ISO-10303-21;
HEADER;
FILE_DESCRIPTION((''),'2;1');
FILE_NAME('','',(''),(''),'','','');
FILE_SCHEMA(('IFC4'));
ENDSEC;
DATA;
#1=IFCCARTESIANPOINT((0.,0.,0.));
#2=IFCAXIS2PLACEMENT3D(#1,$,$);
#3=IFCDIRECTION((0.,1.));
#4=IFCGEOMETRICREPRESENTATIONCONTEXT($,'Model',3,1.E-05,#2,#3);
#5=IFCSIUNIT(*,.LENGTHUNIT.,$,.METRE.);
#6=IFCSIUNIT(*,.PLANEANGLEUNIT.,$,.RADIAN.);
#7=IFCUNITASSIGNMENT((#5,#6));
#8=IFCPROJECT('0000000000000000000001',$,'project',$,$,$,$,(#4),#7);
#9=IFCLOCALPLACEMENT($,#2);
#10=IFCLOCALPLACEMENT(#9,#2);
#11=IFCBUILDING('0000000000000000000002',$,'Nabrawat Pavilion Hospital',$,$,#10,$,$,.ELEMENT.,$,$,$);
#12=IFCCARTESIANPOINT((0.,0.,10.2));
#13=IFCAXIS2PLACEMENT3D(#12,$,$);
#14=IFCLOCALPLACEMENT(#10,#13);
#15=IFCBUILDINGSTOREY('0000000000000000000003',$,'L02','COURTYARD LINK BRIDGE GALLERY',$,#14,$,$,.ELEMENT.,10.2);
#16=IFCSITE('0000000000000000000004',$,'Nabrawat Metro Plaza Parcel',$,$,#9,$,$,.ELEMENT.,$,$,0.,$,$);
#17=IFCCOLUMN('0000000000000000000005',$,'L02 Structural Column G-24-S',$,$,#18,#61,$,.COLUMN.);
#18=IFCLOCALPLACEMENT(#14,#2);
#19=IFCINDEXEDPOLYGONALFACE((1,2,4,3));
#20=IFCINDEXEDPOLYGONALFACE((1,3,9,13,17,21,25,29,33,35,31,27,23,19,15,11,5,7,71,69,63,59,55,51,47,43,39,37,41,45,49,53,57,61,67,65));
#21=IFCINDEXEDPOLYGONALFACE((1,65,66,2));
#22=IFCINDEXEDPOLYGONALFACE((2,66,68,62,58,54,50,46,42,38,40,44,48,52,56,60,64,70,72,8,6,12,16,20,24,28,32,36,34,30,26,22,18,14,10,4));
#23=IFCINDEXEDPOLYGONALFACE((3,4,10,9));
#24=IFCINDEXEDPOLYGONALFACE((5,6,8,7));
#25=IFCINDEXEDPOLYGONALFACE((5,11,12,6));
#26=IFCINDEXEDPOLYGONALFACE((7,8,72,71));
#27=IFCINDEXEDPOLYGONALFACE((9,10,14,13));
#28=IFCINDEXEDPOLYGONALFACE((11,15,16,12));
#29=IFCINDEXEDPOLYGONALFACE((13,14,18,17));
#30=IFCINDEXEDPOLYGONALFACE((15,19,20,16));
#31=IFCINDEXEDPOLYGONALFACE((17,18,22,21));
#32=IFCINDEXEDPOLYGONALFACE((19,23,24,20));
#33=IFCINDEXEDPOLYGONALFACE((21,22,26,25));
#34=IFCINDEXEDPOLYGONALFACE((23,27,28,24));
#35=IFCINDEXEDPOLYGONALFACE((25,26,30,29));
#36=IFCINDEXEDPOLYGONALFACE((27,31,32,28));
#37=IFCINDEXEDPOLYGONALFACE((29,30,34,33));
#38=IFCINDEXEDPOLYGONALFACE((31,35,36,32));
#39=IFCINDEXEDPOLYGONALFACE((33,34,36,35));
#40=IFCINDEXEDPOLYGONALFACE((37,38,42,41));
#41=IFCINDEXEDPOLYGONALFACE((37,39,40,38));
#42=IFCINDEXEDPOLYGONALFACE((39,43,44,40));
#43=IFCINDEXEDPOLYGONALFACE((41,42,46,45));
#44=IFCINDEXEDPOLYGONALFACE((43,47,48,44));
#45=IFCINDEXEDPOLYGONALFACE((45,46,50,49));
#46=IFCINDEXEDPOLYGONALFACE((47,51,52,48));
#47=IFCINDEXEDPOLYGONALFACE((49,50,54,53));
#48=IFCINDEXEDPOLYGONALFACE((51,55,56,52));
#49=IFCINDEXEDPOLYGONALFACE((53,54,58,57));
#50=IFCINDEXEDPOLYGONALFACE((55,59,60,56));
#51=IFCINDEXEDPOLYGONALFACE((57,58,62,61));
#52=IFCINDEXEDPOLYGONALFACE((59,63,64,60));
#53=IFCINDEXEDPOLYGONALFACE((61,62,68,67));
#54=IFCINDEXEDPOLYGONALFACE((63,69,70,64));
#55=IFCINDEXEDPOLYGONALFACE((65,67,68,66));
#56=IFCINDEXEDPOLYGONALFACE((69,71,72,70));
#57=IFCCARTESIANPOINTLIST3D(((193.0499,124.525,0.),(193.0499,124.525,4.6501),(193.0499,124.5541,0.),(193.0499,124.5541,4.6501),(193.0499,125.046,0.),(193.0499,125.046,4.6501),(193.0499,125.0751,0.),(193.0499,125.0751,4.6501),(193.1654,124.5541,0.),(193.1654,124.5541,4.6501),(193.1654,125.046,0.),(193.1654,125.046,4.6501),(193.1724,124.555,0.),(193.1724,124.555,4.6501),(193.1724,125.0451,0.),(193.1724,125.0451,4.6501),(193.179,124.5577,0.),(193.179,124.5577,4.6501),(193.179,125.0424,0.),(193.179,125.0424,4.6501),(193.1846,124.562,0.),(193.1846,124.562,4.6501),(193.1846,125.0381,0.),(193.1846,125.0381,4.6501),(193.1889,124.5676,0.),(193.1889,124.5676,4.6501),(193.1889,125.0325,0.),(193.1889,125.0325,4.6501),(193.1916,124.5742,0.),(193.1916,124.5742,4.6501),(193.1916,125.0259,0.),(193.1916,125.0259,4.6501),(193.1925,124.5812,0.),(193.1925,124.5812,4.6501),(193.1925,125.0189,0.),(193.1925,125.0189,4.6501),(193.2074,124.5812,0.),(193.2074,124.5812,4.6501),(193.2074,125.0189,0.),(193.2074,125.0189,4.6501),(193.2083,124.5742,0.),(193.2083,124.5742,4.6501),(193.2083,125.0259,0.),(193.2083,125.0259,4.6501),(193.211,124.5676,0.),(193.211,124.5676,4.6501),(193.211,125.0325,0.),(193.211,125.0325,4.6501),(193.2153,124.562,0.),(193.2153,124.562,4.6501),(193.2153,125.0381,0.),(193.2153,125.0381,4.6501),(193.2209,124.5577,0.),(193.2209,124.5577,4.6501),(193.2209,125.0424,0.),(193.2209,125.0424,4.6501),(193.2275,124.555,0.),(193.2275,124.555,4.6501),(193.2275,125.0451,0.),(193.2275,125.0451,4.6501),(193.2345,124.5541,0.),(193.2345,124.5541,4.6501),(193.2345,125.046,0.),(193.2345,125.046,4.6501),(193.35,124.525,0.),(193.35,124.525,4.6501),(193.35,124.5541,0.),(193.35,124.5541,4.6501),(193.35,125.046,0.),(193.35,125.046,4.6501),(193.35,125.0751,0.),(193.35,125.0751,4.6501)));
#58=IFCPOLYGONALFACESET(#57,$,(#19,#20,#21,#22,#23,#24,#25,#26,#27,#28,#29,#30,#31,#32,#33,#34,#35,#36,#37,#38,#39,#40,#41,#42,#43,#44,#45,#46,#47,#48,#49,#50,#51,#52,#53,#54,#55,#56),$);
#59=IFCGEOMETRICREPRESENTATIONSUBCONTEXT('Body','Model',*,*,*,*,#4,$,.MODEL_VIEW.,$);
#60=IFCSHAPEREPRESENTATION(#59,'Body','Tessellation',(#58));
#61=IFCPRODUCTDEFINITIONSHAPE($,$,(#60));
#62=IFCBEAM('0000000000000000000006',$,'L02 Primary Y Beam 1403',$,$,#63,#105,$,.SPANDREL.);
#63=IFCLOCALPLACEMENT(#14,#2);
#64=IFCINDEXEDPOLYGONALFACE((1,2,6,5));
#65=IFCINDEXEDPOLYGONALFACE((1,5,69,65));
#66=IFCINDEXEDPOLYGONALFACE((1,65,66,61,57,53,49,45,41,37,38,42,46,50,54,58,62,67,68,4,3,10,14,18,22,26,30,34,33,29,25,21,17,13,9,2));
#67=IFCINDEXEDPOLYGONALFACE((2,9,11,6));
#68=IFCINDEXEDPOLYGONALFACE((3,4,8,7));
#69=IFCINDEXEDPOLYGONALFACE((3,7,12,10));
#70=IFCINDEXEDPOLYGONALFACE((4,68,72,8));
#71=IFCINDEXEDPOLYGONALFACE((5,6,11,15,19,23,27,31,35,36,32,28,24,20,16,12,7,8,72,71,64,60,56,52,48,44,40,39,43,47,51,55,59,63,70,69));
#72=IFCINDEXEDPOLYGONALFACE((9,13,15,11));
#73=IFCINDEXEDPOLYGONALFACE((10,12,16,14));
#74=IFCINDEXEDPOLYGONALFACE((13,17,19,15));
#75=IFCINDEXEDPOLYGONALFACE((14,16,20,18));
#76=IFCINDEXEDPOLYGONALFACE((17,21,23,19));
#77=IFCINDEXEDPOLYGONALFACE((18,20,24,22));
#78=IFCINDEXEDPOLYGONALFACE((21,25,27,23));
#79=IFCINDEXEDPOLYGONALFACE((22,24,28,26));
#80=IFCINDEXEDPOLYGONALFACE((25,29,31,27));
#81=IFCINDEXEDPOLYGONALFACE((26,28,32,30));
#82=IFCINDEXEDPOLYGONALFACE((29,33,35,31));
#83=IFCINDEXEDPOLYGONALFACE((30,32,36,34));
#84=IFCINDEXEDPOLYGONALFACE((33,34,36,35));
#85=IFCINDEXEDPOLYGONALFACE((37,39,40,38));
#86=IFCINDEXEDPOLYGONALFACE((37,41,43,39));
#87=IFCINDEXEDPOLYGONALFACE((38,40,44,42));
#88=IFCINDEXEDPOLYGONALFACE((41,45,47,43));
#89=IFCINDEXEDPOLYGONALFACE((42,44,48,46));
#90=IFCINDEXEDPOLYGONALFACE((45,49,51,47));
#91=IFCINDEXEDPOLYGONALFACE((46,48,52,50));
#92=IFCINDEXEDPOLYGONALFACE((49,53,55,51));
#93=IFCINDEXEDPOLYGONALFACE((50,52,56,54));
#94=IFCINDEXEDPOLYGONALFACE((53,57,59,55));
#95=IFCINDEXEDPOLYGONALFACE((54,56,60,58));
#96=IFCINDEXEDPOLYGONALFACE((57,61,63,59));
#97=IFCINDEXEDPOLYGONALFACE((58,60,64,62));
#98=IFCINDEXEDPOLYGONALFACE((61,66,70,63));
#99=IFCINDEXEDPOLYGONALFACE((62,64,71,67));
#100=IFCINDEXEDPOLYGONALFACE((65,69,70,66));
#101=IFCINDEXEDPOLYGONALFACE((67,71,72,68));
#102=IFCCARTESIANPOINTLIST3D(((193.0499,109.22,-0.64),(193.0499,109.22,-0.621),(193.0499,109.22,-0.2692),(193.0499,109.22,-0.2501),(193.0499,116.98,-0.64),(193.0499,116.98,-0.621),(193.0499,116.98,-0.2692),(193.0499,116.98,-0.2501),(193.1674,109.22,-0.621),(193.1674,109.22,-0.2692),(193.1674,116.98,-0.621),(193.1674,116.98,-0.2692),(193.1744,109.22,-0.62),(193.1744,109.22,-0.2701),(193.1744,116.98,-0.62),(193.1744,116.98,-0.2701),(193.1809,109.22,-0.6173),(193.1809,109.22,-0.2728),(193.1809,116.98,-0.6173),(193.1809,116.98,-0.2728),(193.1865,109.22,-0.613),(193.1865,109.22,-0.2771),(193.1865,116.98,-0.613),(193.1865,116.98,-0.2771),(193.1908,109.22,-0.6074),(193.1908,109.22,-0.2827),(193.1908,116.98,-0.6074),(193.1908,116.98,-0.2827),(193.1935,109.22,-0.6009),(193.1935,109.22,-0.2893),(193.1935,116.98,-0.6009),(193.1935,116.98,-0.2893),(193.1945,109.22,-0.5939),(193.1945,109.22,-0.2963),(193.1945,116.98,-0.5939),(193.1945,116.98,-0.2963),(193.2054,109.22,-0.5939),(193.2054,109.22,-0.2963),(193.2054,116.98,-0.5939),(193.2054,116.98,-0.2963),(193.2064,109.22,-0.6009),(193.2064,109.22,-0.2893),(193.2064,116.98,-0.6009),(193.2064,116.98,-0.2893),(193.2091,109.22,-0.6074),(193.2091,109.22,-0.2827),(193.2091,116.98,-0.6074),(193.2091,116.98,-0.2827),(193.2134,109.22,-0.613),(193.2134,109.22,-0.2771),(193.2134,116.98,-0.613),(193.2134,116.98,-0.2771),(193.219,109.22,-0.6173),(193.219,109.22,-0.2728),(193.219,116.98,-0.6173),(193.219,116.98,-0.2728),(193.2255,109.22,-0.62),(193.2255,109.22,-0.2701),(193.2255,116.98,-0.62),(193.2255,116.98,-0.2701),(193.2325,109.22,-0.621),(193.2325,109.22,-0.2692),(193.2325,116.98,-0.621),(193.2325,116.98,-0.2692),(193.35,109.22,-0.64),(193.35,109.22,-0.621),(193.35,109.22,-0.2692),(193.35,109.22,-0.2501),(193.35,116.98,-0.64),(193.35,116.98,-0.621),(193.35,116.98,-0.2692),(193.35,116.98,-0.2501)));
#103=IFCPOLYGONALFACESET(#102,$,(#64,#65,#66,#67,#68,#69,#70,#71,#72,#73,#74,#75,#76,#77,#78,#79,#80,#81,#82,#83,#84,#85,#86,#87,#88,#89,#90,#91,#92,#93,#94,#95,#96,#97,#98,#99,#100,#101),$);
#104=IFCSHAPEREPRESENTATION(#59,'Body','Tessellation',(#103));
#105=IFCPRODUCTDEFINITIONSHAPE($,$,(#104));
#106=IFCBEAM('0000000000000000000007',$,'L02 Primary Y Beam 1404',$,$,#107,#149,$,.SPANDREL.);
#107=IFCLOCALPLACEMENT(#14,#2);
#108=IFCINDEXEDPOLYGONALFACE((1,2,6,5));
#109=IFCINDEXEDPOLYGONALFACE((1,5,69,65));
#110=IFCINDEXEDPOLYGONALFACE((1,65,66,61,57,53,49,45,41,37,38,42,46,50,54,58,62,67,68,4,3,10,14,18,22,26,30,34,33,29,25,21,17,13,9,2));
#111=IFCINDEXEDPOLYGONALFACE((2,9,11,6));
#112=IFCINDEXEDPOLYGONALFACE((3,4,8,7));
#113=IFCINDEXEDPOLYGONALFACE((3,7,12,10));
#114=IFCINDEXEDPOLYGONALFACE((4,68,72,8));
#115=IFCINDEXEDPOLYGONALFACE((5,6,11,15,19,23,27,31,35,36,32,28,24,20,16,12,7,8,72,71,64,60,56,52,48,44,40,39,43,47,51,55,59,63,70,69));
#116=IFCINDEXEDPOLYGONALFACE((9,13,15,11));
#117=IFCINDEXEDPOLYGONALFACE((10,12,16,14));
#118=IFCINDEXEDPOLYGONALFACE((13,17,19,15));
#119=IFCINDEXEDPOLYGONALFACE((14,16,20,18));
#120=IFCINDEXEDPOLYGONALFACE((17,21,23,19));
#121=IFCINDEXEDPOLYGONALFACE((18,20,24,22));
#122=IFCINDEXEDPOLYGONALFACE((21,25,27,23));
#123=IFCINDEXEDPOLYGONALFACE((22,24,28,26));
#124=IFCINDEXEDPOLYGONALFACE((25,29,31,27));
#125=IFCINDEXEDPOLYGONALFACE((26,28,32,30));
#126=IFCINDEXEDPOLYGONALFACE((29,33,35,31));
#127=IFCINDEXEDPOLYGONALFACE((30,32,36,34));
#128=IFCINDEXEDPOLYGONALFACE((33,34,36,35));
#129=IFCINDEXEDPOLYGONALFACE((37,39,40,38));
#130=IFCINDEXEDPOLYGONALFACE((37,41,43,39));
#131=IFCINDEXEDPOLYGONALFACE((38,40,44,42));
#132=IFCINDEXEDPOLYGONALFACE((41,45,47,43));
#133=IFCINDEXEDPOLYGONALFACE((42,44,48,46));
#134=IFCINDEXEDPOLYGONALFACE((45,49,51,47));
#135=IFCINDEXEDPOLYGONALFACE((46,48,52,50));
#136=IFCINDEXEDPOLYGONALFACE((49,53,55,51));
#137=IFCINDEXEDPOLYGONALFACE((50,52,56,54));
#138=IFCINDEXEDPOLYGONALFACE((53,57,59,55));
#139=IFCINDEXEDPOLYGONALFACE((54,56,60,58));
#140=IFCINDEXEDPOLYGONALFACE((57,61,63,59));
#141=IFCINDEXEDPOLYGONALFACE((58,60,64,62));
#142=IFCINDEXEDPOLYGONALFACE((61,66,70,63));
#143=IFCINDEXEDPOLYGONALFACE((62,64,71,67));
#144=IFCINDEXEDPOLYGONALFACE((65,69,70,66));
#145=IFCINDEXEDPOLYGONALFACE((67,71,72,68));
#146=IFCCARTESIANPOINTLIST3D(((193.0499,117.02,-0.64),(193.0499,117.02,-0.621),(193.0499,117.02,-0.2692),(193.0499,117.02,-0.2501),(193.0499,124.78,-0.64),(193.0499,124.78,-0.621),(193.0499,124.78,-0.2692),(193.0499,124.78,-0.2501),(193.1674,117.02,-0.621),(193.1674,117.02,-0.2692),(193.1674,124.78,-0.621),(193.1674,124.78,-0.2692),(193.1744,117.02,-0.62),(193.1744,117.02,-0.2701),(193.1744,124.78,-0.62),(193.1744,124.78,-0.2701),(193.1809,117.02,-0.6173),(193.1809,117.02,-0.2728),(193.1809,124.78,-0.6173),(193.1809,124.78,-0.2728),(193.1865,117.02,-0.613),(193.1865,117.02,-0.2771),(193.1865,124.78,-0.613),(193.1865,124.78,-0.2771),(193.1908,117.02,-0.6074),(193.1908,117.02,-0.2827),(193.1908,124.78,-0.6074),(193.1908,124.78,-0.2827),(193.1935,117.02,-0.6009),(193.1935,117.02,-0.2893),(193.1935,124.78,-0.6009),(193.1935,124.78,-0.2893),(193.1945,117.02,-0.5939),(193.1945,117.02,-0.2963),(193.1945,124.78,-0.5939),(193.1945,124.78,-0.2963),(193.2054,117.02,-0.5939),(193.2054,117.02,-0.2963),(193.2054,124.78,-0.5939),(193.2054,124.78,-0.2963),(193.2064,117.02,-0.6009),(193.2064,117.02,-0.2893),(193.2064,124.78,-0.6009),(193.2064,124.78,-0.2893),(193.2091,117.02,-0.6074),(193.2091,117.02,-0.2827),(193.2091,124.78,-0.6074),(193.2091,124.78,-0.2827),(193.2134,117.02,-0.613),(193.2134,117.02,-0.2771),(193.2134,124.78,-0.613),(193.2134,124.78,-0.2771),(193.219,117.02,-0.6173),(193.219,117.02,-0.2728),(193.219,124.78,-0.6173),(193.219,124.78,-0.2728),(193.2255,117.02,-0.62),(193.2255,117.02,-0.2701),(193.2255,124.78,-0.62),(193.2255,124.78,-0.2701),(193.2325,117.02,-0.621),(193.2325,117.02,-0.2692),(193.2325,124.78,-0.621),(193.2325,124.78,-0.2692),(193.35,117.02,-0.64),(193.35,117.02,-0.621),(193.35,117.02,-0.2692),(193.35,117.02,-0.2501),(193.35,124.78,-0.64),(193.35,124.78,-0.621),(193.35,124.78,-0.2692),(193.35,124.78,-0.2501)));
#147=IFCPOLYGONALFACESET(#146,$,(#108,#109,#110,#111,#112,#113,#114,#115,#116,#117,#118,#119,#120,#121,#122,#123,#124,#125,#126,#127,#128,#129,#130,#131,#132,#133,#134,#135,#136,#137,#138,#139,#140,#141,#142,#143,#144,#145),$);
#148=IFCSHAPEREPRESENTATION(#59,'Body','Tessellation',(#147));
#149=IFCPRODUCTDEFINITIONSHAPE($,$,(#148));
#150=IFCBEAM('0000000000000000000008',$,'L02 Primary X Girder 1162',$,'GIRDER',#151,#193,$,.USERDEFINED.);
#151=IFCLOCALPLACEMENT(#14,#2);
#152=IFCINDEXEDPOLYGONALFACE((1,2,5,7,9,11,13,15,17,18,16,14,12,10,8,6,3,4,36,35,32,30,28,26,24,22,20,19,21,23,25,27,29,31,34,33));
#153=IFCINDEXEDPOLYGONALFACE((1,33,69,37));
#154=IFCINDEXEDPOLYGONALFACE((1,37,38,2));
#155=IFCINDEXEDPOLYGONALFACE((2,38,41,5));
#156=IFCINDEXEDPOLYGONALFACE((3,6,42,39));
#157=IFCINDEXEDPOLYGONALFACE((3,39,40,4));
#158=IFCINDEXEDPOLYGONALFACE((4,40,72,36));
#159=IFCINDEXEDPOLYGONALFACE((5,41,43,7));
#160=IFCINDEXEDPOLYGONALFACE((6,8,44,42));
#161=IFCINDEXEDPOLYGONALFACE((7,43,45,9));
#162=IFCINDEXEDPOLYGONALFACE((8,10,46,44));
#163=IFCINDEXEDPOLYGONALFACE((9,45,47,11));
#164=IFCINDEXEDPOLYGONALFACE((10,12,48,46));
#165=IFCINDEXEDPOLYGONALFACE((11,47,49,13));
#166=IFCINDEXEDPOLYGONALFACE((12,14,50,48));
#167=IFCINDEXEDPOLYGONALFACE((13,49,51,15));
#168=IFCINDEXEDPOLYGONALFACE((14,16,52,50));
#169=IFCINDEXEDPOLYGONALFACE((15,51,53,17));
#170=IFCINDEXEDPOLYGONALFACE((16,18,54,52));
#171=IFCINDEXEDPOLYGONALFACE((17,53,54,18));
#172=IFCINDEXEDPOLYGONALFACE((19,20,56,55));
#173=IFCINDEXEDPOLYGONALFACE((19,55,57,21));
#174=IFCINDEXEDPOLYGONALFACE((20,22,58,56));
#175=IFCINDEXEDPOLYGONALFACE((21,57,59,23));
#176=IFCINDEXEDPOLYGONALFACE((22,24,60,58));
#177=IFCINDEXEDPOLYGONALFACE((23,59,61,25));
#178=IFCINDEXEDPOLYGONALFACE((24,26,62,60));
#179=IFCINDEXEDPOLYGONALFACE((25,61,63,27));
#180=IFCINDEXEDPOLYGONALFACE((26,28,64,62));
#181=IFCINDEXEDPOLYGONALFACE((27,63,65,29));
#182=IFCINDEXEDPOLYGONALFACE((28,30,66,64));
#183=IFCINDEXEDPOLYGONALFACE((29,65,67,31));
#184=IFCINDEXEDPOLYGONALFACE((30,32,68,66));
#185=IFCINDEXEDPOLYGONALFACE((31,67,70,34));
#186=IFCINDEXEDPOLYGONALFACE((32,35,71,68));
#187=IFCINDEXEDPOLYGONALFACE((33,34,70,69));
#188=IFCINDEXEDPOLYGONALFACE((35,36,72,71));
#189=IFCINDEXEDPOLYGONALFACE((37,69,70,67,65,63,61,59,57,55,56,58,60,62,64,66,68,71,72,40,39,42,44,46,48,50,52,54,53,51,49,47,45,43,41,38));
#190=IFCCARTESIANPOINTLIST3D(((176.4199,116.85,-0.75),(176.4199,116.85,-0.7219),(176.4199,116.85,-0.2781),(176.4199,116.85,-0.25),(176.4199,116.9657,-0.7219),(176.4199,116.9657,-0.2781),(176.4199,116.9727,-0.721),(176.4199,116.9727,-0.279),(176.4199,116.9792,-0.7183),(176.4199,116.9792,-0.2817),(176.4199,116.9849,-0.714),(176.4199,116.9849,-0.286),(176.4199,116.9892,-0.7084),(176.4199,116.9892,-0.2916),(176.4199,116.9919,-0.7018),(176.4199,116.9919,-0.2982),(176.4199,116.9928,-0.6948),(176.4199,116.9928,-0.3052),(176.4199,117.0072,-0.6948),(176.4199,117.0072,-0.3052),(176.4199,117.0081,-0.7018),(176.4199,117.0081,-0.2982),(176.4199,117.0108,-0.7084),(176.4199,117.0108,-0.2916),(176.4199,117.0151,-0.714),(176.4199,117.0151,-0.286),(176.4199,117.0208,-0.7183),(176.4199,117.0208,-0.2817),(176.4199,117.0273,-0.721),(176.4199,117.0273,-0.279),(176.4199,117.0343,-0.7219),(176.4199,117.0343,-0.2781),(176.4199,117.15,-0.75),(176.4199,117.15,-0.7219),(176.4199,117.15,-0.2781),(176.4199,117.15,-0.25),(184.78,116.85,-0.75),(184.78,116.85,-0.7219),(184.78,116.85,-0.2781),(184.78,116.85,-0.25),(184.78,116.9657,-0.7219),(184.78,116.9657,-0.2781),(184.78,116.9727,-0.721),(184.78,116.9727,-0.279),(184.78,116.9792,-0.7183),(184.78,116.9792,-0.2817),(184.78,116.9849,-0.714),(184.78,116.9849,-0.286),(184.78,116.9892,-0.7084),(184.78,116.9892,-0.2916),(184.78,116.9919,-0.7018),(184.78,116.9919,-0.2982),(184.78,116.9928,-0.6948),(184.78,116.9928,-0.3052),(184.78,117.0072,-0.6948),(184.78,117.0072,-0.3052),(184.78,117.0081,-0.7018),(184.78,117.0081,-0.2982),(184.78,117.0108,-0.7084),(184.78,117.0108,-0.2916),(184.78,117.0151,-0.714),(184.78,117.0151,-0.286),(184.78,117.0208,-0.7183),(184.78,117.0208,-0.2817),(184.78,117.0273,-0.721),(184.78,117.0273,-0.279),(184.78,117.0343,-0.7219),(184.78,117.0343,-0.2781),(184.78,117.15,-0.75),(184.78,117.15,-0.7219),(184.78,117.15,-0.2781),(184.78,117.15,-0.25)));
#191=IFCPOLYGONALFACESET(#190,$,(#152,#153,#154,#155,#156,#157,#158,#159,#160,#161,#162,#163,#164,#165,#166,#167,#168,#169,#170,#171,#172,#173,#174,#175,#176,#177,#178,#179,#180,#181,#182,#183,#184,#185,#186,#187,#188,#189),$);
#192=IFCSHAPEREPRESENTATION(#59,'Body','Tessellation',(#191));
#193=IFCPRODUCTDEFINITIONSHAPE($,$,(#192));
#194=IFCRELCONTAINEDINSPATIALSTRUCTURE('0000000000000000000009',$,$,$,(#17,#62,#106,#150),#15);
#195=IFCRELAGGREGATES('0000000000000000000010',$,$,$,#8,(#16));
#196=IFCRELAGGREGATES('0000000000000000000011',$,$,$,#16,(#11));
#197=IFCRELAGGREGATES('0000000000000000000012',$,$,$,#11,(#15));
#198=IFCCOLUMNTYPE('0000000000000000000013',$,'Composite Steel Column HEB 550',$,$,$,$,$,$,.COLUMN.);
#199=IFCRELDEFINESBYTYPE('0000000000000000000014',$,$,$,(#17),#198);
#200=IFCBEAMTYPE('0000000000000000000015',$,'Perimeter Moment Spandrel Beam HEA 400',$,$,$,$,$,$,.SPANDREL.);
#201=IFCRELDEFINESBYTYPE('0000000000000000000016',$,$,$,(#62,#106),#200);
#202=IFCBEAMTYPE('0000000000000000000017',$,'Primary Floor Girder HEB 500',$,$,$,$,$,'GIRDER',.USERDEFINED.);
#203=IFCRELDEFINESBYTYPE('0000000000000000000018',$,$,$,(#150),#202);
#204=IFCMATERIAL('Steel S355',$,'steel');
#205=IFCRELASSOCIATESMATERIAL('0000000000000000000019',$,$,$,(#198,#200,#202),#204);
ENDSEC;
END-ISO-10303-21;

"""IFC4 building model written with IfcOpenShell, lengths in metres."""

from ifc_helpers import new_model, si_unit, direction, frame, origin, origin_2d, place, context, subcontext, project, spatial, i_section, extrude, material, material_profile, profile_set, type_object, element, save


model = new_model("IFC4")

# Units and contexts
model_context = context("Model", 3, precision=1e-05, world=origin(), true_north=direction((0.0, 1.0)))
body_context = subcontext(model_context, "Body", "Model", "MODEL_VIEW")
ifc_project = project(units=[si_unit("LENGTHUNIT", "METRE"), si_unit("PLANEANGLEUNIT", "RADIAN")], contexts=[model_context])

# Site, building, storey
site_placement = place(None, origin())
site = spatial("IfcSite", under=ifc_project, at=site_placement, Name="Nabrawat Metro Plaza Parcel", CompositionType="ELEMENT", RefElevation=0.0)
building_placement = place(site_placement, origin())
building = spatial("IfcBuilding", under=site, at=building_placement, Name="Nabrawat Pavilion Hospital", CompositionType="ELEMENT")
storey_placement = place(building_placement, frame((0.0, 0.0, 10.2)))
storey = spatial("IfcBuildingStorey", under=building, at=storey_placement, Name="L02", Description="COURTYARD LINK BRIDGE GALLERY", CompositionType="ELEMENT", Elevation=10.2)

# Column
ifc_material_1 = material(Name="Steel S355", Category="steel")
ifc_material_profile_1 = material_profile(ifc_material_1, i_section(OverallWidth=0.3, OverallDepth=0.55, WebThickness=0.0149, FlangeThickness=0.0291, FilletRadius=0.0271, at=origin_2d()), Name="HEB 550")
ifc_profile_set_1 = profile_set([ifc_material_profile_1], Name="Steel S355")
column_type = type_object("IfcColumnType", Name="Composite Steel Column HEB 550", PredefinedType="COLUMN", material=ifc_profile_set_1)
for number, where, z_axis, x_axis, name in (
    (1, (193.2, 124.8, 0.0), (0.0, 0.0, 1.0), (1.0, 0.0, 0.0), "L02 Structural Column G-24-S"),
):
    element("IfcColumn", number, at=place(storey_placement, frame(where, z_axis=z_axis, x_axis=x_axis)), inside=storey, type_object=column_type, Name=name, PredefinedType="COLUMN", context=body_context, shape_type="SweptSolid", body=[
        extrude(i_section(OverallWidth=0.3, OverallDepth=0.55, WebThickness=0.0149, FlangeThickness=0.0291, FilletRadius=0.0271, at=origin_2d()), origin(), (0.0, 0.0, 1.0), 4.6501),
    ])

# Beams
ifc_material_profile_2 = material_profile(ifc_material_1, i_section(OverallWidth=0.3, OverallDepth=0.3899, WebThickness=0.011, FlangeThickness=0.019, FilletRadius=0.0271, at=origin_2d()), Name="HEA 400")
ifc_profile_set_2 = profile_set([ifc_material_profile_2], Name="Steel S355")
beam_type_1 = type_object("IfcBeamType", Name="Perimeter Moment Spandrel Beam HEA 400", PredefinedType="SPANDREL", material=ifc_profile_set_2)
for number, where, z_axis, x_axis, name in (
    (2, (193.2, 109.22, -0.4451), (0.0, 1.0, 0.0), (-1.0, 0.0, 0.0), "L02 Primary Y Beam 1403"),
    (3, (193.2, 117.02, -0.4451), (0.0, 1.0, 0.0), (-1.0, 0.0, 0.0), "L02 Primary Y Beam 1404"),
):
    element("IfcBeam", number, at=place(storey_placement, frame(where, z_axis=z_axis, x_axis=x_axis)), inside=storey, type_object=beam_type_1, Name=name, PredefinedType="SPANDREL", context=body_context, shape_type="SweptSolid", body=[
        extrude(i_section(OverallWidth=0.3, OverallDepth=0.3899, WebThickness=0.011, FlangeThickness=0.019, FilletRadius=0.0271, at=origin_2d()), origin(), (0.0, 0.0, 1.0), 7.76),
    ])
ifc_material_profile_3 = material_profile(ifc_material_1, i_section(OverallWidth=0.3, OverallDepth=0.5, WebThickness=0.0144, FlangeThickness=0.0281, FilletRadius=0.0271, at=origin_2d()), Name="HEB 500")
ifc_profile_set_3 = profile_set([ifc_material_profile_3], Name="Steel S355")
beam_type_2 = type_object("IfcBeamType", Name="Primary Floor Girder HEB 500", ElementType="GIRDER", PredefinedType="USERDEFINED", material=ifc_profile_set_3)
beam_1_placement = place(storey_placement, frame((176.4199, 117.0, -0.5), z_axis=(1.0, 0.0, 0.0), x_axis=(0.0, 1.0, 0.0)))
element("IfcBeam", 4, at=beam_1_placement, inside=storey, type_object=beam_type_2, Name="L02 Primary X Girder 1162", ObjectType="GIRDER", PredefinedType="USERDEFINED", context=body_context, shape_type="SweptSolid", body=[
    extrude(i_section(OverallWidth=0.3, OverallDepth=0.5, WebThickness=0.0144, FlangeThickness=0.0281, FilletRadius=0.0271, at=origin_2d()), origin(), (0.0, 0.0, 1.0), 8.3601),
])

save(model, "model.ifc")
